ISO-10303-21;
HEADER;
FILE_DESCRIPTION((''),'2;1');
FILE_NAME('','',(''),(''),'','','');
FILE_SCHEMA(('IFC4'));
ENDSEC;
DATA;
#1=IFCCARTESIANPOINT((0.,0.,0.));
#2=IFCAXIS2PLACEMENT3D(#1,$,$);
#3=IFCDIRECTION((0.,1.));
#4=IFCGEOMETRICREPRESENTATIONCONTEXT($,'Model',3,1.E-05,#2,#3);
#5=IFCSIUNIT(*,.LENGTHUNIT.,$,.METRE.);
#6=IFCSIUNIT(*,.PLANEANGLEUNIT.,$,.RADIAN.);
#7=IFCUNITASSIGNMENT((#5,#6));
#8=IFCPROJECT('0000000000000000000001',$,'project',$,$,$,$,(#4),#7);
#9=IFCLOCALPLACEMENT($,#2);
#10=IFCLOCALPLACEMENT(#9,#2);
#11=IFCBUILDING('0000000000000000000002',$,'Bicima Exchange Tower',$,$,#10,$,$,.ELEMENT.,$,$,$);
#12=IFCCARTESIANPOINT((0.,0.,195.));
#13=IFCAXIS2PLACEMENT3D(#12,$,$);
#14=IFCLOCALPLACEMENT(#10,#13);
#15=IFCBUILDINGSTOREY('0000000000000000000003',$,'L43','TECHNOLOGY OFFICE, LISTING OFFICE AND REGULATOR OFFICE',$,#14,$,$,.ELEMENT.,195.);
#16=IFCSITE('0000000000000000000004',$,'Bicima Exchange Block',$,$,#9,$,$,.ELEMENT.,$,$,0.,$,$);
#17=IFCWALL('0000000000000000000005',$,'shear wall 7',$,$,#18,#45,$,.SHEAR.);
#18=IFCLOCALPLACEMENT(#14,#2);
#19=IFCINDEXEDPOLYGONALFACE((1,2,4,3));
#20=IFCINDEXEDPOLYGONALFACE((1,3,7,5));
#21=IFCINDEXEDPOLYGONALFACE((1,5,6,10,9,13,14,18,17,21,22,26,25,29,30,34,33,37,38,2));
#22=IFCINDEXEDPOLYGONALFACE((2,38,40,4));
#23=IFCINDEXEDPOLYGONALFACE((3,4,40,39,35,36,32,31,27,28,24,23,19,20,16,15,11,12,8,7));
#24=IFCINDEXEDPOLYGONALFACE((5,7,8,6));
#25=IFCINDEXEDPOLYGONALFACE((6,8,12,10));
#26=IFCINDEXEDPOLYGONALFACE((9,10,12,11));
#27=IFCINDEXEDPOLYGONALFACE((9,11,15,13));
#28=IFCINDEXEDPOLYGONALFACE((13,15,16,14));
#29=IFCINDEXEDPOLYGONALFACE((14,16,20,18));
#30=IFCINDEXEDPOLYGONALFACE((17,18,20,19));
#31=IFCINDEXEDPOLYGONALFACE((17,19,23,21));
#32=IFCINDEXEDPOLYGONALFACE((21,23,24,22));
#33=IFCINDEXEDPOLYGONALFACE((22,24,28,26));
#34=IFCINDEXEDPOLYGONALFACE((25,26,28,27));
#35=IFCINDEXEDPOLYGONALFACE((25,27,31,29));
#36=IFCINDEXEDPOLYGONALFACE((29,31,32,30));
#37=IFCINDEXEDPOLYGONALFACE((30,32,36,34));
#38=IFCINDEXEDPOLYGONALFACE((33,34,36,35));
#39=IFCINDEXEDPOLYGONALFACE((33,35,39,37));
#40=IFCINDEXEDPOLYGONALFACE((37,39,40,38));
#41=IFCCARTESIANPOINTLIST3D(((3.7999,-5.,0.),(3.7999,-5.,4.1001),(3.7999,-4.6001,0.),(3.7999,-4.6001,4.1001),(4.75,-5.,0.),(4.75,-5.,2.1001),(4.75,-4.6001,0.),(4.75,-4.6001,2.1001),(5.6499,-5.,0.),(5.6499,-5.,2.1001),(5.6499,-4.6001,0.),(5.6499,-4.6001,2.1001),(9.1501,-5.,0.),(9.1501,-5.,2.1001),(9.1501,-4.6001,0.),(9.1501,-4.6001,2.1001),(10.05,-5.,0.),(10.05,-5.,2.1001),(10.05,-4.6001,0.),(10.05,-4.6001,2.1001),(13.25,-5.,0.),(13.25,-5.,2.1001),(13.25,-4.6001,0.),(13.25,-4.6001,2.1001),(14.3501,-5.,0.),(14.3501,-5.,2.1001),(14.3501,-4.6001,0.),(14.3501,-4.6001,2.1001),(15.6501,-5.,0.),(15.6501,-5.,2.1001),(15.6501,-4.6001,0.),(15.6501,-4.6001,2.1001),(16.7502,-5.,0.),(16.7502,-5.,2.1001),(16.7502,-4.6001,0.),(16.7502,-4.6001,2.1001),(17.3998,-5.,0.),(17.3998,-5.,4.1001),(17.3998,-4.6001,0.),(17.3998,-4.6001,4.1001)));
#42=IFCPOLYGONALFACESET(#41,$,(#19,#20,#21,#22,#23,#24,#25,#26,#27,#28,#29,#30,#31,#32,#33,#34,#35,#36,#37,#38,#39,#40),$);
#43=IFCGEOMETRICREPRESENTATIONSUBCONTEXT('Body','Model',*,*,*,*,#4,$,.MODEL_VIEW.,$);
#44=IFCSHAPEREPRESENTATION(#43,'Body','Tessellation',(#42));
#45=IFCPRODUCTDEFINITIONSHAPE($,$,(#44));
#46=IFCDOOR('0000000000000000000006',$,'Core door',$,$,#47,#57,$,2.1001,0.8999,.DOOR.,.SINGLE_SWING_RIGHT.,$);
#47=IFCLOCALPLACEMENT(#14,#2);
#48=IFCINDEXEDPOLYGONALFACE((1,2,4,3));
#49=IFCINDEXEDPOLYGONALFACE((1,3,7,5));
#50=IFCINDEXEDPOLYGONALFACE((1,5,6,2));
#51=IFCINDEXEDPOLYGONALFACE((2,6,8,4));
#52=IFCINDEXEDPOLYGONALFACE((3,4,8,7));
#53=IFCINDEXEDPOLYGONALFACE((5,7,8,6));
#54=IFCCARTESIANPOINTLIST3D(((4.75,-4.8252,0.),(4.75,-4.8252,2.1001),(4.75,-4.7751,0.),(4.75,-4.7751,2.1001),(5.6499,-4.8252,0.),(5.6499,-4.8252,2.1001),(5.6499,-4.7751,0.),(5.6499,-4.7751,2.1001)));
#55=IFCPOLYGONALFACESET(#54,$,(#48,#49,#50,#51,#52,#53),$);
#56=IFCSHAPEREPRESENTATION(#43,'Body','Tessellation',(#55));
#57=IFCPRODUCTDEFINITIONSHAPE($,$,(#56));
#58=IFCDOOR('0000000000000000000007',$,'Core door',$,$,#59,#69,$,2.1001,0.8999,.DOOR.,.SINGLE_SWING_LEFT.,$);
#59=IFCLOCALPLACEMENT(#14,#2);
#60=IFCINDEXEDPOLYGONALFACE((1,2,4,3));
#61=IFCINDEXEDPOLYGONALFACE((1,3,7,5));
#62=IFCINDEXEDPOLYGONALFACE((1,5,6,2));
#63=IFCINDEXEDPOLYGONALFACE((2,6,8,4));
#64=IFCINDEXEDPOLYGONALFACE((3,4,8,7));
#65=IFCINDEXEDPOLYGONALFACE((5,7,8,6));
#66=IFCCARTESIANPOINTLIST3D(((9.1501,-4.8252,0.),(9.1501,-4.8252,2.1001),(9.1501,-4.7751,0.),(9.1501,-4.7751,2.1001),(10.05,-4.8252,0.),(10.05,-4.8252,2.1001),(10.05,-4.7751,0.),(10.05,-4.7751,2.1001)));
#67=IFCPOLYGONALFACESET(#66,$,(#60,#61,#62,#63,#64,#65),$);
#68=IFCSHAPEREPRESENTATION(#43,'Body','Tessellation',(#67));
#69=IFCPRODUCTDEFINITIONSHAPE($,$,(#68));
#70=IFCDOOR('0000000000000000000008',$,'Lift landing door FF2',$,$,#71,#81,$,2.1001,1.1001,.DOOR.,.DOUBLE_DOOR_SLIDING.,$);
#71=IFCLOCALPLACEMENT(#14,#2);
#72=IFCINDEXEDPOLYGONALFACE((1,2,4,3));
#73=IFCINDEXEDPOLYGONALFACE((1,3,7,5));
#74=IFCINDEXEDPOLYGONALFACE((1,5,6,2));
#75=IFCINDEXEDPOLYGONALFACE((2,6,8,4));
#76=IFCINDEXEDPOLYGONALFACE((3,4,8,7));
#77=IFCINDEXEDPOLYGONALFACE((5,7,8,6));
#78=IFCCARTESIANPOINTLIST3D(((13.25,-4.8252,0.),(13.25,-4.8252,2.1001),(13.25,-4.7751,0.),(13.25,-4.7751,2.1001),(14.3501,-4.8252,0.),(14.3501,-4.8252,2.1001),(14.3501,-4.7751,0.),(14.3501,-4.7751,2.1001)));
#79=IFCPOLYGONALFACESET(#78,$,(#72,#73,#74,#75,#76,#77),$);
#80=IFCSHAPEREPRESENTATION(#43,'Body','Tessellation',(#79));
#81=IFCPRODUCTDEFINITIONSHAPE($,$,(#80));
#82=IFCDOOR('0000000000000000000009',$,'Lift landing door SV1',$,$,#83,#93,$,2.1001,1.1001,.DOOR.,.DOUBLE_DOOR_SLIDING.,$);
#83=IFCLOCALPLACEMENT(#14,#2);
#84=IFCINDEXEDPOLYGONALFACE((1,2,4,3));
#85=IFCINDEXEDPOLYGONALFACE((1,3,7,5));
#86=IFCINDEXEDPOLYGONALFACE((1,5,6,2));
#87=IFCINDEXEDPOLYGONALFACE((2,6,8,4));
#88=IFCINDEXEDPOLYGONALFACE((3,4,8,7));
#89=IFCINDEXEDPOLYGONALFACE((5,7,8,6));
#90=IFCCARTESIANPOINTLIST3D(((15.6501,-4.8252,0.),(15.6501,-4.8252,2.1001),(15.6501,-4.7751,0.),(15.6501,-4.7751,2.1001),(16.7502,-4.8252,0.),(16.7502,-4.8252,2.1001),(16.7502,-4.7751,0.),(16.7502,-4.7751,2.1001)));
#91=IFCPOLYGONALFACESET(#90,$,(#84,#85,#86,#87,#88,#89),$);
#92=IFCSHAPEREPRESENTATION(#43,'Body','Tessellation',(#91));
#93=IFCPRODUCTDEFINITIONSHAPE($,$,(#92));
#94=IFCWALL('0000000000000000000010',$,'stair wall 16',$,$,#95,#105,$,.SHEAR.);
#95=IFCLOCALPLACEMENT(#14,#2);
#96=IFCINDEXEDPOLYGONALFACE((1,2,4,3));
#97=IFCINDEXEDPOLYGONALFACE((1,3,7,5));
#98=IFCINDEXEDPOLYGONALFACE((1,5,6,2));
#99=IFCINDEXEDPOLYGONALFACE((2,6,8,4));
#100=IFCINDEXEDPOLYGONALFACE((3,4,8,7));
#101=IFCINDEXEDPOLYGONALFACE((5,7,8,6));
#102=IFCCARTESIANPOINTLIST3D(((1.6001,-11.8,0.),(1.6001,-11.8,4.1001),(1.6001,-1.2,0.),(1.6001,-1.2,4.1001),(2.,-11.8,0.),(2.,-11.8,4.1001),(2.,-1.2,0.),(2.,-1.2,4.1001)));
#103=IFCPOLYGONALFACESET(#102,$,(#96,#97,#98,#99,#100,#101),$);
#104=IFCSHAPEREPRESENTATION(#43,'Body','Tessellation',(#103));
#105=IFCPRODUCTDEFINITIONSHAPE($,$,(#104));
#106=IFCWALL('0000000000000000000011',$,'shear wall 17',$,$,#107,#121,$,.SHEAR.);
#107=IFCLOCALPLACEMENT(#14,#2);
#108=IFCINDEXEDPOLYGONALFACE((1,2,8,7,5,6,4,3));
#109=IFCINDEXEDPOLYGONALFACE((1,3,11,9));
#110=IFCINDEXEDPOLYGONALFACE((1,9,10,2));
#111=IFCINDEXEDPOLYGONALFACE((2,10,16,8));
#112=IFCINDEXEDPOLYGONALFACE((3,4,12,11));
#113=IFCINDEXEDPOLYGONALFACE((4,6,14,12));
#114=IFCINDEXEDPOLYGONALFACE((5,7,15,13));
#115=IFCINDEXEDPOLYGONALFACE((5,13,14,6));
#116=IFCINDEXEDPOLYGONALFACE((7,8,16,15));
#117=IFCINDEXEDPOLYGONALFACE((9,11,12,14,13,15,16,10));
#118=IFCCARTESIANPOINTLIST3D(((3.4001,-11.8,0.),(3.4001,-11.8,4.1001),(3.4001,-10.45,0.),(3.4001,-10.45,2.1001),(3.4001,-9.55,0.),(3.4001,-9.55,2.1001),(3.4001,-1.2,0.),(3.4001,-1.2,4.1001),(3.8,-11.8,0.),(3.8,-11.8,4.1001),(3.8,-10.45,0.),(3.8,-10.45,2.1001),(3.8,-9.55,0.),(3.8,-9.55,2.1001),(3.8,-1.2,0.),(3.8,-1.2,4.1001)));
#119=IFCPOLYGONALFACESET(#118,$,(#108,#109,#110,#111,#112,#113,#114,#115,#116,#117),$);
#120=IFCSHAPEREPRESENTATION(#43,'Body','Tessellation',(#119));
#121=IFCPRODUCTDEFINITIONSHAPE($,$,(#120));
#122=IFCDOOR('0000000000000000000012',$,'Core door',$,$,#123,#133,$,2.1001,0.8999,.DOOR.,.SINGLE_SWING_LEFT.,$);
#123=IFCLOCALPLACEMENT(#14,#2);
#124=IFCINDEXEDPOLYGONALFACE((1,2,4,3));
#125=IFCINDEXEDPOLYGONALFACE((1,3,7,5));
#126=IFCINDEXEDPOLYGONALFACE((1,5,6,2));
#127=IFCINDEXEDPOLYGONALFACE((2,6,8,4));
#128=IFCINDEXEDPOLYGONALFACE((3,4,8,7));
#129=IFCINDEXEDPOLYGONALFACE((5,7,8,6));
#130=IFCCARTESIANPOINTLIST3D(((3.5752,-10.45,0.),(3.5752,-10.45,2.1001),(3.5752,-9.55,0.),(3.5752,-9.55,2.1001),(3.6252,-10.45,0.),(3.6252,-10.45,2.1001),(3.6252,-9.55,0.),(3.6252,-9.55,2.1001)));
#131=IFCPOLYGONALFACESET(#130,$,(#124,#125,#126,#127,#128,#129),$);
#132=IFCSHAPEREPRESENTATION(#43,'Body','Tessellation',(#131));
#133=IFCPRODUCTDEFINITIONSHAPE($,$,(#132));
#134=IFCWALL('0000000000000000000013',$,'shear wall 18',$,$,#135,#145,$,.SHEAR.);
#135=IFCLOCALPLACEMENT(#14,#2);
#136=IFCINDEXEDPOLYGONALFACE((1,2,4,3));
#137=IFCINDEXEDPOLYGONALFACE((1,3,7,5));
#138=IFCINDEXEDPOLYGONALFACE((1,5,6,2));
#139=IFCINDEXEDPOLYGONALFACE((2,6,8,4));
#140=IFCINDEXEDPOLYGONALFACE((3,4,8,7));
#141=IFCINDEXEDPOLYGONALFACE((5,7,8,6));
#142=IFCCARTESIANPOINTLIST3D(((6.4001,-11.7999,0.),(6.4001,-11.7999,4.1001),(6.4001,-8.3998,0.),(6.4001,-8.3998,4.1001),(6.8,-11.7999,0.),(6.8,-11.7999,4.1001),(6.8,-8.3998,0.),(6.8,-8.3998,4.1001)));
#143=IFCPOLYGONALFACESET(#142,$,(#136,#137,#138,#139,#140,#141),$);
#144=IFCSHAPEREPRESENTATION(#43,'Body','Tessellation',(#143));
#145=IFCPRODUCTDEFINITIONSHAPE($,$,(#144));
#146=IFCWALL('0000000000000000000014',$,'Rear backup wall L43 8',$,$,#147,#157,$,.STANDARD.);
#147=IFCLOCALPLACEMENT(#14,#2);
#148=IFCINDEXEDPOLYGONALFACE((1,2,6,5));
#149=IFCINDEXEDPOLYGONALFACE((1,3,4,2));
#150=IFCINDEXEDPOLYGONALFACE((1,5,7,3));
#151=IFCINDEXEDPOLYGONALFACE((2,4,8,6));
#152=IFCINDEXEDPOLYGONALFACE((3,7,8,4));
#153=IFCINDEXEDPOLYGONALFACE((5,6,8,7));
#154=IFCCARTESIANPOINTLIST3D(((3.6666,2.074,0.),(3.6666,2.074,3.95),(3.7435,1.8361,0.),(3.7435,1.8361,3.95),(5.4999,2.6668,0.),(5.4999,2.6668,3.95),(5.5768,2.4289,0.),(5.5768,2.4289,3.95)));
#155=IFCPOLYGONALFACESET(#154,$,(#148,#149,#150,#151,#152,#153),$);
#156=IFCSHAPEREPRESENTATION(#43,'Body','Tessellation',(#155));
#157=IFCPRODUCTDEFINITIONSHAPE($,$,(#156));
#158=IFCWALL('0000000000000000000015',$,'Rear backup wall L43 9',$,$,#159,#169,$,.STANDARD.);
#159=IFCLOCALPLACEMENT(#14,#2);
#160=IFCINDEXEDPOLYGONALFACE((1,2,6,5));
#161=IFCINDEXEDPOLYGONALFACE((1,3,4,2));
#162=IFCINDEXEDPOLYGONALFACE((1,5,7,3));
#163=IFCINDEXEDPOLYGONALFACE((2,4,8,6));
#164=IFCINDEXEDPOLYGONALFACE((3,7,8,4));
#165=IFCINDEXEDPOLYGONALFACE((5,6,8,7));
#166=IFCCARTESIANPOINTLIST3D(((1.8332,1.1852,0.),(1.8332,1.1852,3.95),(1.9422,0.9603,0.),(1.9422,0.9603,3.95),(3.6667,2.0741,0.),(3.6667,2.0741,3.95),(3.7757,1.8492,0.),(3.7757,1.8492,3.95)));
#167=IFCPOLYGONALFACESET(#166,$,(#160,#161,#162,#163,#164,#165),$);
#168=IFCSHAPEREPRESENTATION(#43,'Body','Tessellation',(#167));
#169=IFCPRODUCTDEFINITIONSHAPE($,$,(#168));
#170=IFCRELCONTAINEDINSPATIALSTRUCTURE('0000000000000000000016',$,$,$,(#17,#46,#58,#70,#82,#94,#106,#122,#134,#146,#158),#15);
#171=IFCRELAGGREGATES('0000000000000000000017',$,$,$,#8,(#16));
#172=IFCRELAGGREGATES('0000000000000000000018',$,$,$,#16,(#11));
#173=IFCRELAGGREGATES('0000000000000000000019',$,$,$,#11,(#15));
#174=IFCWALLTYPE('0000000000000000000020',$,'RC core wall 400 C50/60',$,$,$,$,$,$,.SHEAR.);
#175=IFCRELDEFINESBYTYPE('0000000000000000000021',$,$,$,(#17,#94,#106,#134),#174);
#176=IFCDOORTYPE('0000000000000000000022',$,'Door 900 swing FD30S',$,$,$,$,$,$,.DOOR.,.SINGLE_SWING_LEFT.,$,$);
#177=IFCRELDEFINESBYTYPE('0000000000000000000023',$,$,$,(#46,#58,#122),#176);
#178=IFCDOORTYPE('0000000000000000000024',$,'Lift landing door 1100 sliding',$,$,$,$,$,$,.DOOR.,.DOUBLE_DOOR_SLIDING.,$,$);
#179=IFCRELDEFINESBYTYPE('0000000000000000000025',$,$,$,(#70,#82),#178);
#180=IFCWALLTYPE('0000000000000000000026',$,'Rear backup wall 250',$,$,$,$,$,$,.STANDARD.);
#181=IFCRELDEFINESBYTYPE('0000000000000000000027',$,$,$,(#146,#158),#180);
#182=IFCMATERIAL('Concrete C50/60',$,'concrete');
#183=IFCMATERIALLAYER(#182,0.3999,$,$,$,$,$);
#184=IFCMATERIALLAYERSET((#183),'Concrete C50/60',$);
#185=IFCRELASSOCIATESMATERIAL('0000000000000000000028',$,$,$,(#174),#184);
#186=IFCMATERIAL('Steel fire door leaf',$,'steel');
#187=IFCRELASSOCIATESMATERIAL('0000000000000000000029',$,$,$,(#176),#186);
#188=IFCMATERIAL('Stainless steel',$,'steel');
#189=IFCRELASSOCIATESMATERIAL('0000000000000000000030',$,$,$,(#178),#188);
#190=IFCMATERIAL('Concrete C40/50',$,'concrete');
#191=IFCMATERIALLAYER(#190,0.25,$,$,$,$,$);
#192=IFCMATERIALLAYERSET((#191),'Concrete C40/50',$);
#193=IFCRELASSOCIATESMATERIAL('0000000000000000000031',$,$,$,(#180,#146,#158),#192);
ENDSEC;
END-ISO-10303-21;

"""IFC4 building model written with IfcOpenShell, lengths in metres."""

from ifc_helpers import new_model, si_unit, direction, frame, frame_2d, origin, place, context, subcontext, project, spatial, rectangle, extrude, material, layer, layer_set, layer_usage, type_object, element, fill, save


model = new_model("IFC4")

# Units and contexts
model_context = context("Model", 3, precision=1e-05, world=origin(), true_north=direction((0.0, 1.0)))
body_context = subcontext(model_context, "Body", "Model", "MODEL_VIEW")
ifc_project = project(units=[si_unit("LENGTHUNIT", "METRE"), si_unit("PLANEANGLEUNIT", "RADIAN")], contexts=[model_context])

# Site, building, storey
site_placement = place(None, origin())
site = spatial("IfcSite", under=ifc_project, at=site_placement, Name="Bicima Exchange Block", CompositionType="ELEMENT", RefElevation=0.0)
building_placement = place(site_placement, origin())
building = spatial("IfcBuilding", under=site, at=building_placement, Name="Bicima Exchange Tower", CompositionType="ELEMENT")
storey_placement = place(building_placement, frame((0.0, 0.0, 195.0)))
storey = spatial("IfcBuildingStorey", under=building, at=storey_placement, Name="L43", Description="TECHNOLOGY OFFICE, LISTING OFFICE AND REGULATOR OFFICE", CompositionType="ELEMENT", Elevation=195.0)

# Shared definitions
ifc_material_1 = material(Name="Concrete C50/60", Category="concrete")

# Shared definitions
ifc_layer_1 = layer(ifc_material_1, 0.3999)
ifc_layer_set_1 = layer_set([ifc_layer_1], Name="Concrete C50/60")
wall_type_1 = type_object("IfcWallType", Name="RC core wall 400 C50/60", PredefinedType="SHEAR", material=ifc_layer_set_1)

# Wall, openings, doors
wall_1_placement = place(storey_placement, frame((3.8, -4.8, 0.0), z_axis=(0.0, 0.0, 1.0), x_axis=(1.0, 0.0, 0.0)))
wall_1 = element("IfcWall", 1, at=wall_1_placement, inside=storey, type_object=wall_type_1, Name="shear wall 7", PredefinedType="SHEAR", context=body_context, shape_type="SweptSolid", body=[
    extrude(rectangle(XDim=13.5999, YDim=0.3999, at=frame_2d((6.7998, 0.0))), origin(), (0.0, 0.0, 1.0), 4.1001),
])
opening_1_placement = place(wall_1_placement, frame((9.45, 0.0, 0.0)))
opening_1 = element("IfcOpeningElement", 2, at=opening_1_placement, cuts=wall_1, PredefinedType="OPENING", context=body_context, shape_type="SweptSolid", body=[
    extrude(rectangle(XDim=1.1001, YDim=2.1001, at=frame_2d((0.55, 1.05))), frame((0.0, 0.2119, 0.0), z_axis=(0.0, -1.0, 0.0), x_axis=(1.0, 0.0, 0.0)), (0.0, 0.0, 1.0), 0.4238),
])
opening_2_placement = place(wall_1_placement, frame((11.8501, 0.0, 0.0)))
opening_2 = element("IfcOpeningElement", 3, at=opening_2_placement, cuts=wall_1, PredefinedType="OPENING", context=body_context, shape_type="SweptSolid", body=[
    extrude(rectangle(XDim=1.1001, YDim=2.1001, at=frame_2d((0.55, 1.05))), frame((0.0, 0.2119, 0.0), z_axis=(0.0, -1.0, 0.0), x_axis=(1.0, 0.0, 0.0)), (0.0, 0.0, 1.0), 0.4238),
])
opening_3_placement = place(wall_1_placement, frame((0.95, 0.0, 0.0)))
opening_3 = element("IfcOpeningElement", 4, at=opening_3_placement, cuts=wall_1, PredefinedType="OPENING", context=body_context, shape_type="SweptSolid", body=[
    extrude(rectangle(XDim=0.8999, YDim=2.1001, at=frame_2d((0.45, 1.05))), frame((0.0, 0.2119, 0.0), z_axis=(0.0, -1.0, 0.0), x_axis=(1.0, 0.0, 0.0)), (0.0, 0.0, 1.0), 0.4238),
])
opening_4_placement = place(wall_1_placement, frame((5.3501, 0.0, 0.0)))
opening_4 = element("IfcOpeningElement", 5, at=opening_4_placement, cuts=wall_1, PredefinedType="OPENING", context=body_context, shape_type="SweptSolid", body=[
    extrude(rectangle(XDim=0.8999, YDim=2.1001, at=frame_2d((0.45, 1.05))), frame((0.0, 0.2119, 0.0), z_axis=(0.0, -1.0, 0.0), x_axis=(1.0, 0.0, 0.0)), (0.0, 0.0, 1.0), 0.4238),
])
ifc_material_2 = material(Name="Steel fire door leaf", Category="steel")
door_type_1 = type_object("IfcDoorType", Name="Door 900 swing FD30S", OperationType="SINGLE_SWING_LEFT", PredefinedType="DOOR", material=ifc_material_2)
door_1_placement = place(opening_3_placement, origin())
door_1 = element("IfcDoor", 6, at=door_1_placement, inside=storey, type_object=door_type_1, Name="Core door", OperationType="SINGLE_SWING_RIGHT", OverallHeight=2.1001, OverallWidth=0.8999, PredefinedType="DOOR", context=body_context, shape_type="SweptSolid", body=[
    extrude(rectangle(XDim=0.8999, YDim=2.1001, at=frame_2d((0.45, 1.05))), frame((0.0, 0.0249, 0.0), z_axis=(0.0, -1.0, 0.0), x_axis=(1.0, 0.0, 0.0)), (0.0, 0.0, 1.0), 0.05),
])
fill(opening_3, door_1)
door_2_placement = place(opening_4_placement, origin())
door_2 = element("IfcDoor", 7, at=door_2_placement, inside=storey, type_object=door_type_1, Name="Core door", OperationType="SINGLE_SWING_LEFT", OverallHeight=2.1001, OverallWidth=0.8999, PredefinedType="DOOR", context=body_context, shape_type="SweptSolid", body=[
    extrude(rectangle(XDim=0.8999, YDim=2.1001, at=frame_2d((0.45, 1.05))), frame((0.0, 0.0249, 0.0), z_axis=(0.0, -1.0, 0.0), x_axis=(1.0, 0.0, 0.0)), (0.0, 0.0, 1.0), 0.05),
])
fill(opening_4, door_2)
ifc_material_3 = material(Name="Stainless steel", Category="steel")
door_type_2 = type_object("IfcDoorType", Name="Lift landing door 1100 sliding", OperationType="DOUBLE_DOOR_SLIDING", PredefinedType="DOOR", material=ifc_material_3)
door_3_placement = place(opening_1_placement, origin())
door_3 = element("IfcDoor", 8, at=door_3_placement, inside=storey, type_object=door_type_2, Name="Lift landing door FF2", OperationType="DOUBLE_DOOR_SLIDING", OverallHeight=2.1001, OverallWidth=1.1001, PredefinedType="DOOR", context=body_context, shape_type="SweptSolid", body=[
    extrude(rectangle(XDim=1.1001, YDim=2.1001, at=frame_2d((0.55, 1.05))), frame((0.0, 0.0249, 0.0), z_axis=(0.0, -1.0, 0.0), x_axis=(1.0, 0.0, 0.0)), (0.0, 0.0, 1.0), 0.05),
])
fill(opening_1, door_3)
door_4_placement = place(opening_2_placement, origin())
door_4 = element("IfcDoor", 9, at=door_4_placement, inside=storey, type_object=door_type_2, Name="Lift landing door SV1", OperationType="DOUBLE_DOOR_SLIDING", OverallHeight=2.1001, OverallWidth=1.1001, PredefinedType="DOOR", context=body_context, shape_type="SweptSolid", body=[
    extrude(rectangle(XDim=1.1001, YDim=2.1001, at=frame_2d((0.55, 1.05))), frame((0.0, 0.0249, 0.0), z_axis=(0.0, -1.0, 0.0), x_axis=(1.0, 0.0, 0.0)), (0.0, 0.0, 1.0), 0.05),
])
fill(opening_2, door_4)

# Wall
wall_2_placement = place(storey_placement, frame((1.8, -11.8, 0.0), z_axis=(0.0, 0.0, 1.0), x_axis=(0.0, 1.0, 0.0)))
element("IfcWall", 10, at=wall_2_placement, inside=storey, type_object=wall_type_1, Name="stair wall 16", PredefinedType="SHEAR", context=body_context, shape_type="SweptSolid", body=[
    extrude(rectangle(XDim=10.6001, YDim=0.3999, at=frame_2d((5.3, 0.0))), origin(), (0.0, 0.0, 1.0), 4.1001),
])

# Wall, opening, door
wall_3_placement = place(storey_placement, frame((3.6001, -11.8, 0.0), z_axis=(0.0, 0.0, 1.0), x_axis=(0.0, 1.0, 0.0)))
wall_3 = element("IfcWall", 11, at=wall_3_placement, inside=storey, type_object=wall_type_1, Name="shear wall 17", PredefinedType="SHEAR", context=body_context, shape_type="SweptSolid", body=[
    extrude(rectangle(XDim=10.6001, YDim=0.3999, at=frame_2d((5.3, 0.0))), origin(), (0.0, 0.0, 1.0), 4.1001),
])
opening_5_placement = place(wall_3_placement, frame((1.3501, 0.0, 0.0)))
opening_5 = element("IfcOpeningElement", 12, at=opening_5_placement, cuts=wall_3, PredefinedType="OPENING", context=body_context, shape_type="SweptSolid", body=[
    extrude(rectangle(XDim=0.8999, YDim=2.1001, at=frame_2d((0.45, 1.05))), frame((0.0, 0.2119, 0.0), z_axis=(0.0, -1.0, 0.0), x_axis=(1.0, 0.0, 0.0)), (0.0, 0.0, 1.0), 0.4238),
])
door_5_placement = place(opening_5_placement, origin())
door_5 = element("IfcDoor", 13, at=door_5_placement, inside=storey, type_object=door_type_1, Name="Core door", OperationType="SINGLE_SWING_LEFT", OverallHeight=2.1001, OverallWidth=0.8999, PredefinedType="DOOR", context=body_context, shape_type="SweptSolid", body=[
    extrude(rectangle(XDim=0.8999, YDim=2.1001, at=frame_2d((0.45, 1.05))), frame((0.0, 0.0249, 0.0), z_axis=(0.0, -1.0, 0.0), x_axis=(1.0, 0.0, 0.0)), (0.0, 0.0, 1.0), 0.05),
])
fill(opening_5, door_5)

# Walls
wall_4_placement = place(storey_placement, frame((6.6001, -11.8, 0.0), z_axis=(0.0, 0.0, 1.0), x_axis=(0.0, 1.0, 0.0)))
element("IfcWall", 14, at=wall_4_placement, inside=storey, type_object=wall_type_1, Name="shear wall 18", PredefinedType="SHEAR", context=body_context, shape_type="SweptSolid", body=[
    extrude(rectangle(XDim=3.4001, YDim=0.3999, at=frame_2d((1.7002, 0.0))), origin(), (0.0, 0.0, 1.0), 4.1001),
])
ifc_material_4 = material(Name="Concrete C40/50", Category="concrete")
ifc_layer_2 = layer(ifc_material_4, 0.25)
ifc_layer_set_2 = layer_set([ifc_layer_2], Name="Concrete C40/50")
ifc_layer_usage = layer_usage(ifc_layer_set_2, "AXIS2", "POSITIVE", -0.125)
wall_type_2 = type_object("IfcWallType", Name="Rear backup wall 250", PredefinedType="STANDARD", material=ifc_layer_set_2)
wall_5_placement = place(storey_placement, frame((5.5383, 2.5479, 0.0), z_axis=(0.0, 0.0, 1.0), x_axis=(-0.951496, -0.307662, 0.0)))
element("IfcWall", 15, at=wall_5_placement, inside=storey, type_object=wall_type_2, material=ifc_layer_usage, Name="Rear backup wall L43 8", PredefinedType="STANDARD", context=body_context, shape_type="SweptSolid", body=[
    extrude(rectangle(XDim=1.9268, YDim=0.25, at=frame_2d((0.9634, 0.0))), origin(), (0.0, 0.0, 1.0), 3.95),
])
wall_6_placement = place(storey_placement, frame((3.7212, 1.9617, 0.0), z_axis=(0.0, 0.0, 1.0), x_axis=(-0.899824, -0.436253, 0.0)))
element("IfcWall", 16, at=wall_6_placement, inside=storey, type_object=wall_type_2, material=ifc_layer_usage, Name="Rear backup wall L43 9", PredefinedType="STANDARD", context=body_context, shape_type="SweptSolid", body=[
    extrude(rectangle(XDim=2.0376, YDim=0.25, at=frame_2d((1.0188, 0.0))), origin(), (0.0, 0.0, 1.0), 3.95),
])

save(model, "model.ifc")
